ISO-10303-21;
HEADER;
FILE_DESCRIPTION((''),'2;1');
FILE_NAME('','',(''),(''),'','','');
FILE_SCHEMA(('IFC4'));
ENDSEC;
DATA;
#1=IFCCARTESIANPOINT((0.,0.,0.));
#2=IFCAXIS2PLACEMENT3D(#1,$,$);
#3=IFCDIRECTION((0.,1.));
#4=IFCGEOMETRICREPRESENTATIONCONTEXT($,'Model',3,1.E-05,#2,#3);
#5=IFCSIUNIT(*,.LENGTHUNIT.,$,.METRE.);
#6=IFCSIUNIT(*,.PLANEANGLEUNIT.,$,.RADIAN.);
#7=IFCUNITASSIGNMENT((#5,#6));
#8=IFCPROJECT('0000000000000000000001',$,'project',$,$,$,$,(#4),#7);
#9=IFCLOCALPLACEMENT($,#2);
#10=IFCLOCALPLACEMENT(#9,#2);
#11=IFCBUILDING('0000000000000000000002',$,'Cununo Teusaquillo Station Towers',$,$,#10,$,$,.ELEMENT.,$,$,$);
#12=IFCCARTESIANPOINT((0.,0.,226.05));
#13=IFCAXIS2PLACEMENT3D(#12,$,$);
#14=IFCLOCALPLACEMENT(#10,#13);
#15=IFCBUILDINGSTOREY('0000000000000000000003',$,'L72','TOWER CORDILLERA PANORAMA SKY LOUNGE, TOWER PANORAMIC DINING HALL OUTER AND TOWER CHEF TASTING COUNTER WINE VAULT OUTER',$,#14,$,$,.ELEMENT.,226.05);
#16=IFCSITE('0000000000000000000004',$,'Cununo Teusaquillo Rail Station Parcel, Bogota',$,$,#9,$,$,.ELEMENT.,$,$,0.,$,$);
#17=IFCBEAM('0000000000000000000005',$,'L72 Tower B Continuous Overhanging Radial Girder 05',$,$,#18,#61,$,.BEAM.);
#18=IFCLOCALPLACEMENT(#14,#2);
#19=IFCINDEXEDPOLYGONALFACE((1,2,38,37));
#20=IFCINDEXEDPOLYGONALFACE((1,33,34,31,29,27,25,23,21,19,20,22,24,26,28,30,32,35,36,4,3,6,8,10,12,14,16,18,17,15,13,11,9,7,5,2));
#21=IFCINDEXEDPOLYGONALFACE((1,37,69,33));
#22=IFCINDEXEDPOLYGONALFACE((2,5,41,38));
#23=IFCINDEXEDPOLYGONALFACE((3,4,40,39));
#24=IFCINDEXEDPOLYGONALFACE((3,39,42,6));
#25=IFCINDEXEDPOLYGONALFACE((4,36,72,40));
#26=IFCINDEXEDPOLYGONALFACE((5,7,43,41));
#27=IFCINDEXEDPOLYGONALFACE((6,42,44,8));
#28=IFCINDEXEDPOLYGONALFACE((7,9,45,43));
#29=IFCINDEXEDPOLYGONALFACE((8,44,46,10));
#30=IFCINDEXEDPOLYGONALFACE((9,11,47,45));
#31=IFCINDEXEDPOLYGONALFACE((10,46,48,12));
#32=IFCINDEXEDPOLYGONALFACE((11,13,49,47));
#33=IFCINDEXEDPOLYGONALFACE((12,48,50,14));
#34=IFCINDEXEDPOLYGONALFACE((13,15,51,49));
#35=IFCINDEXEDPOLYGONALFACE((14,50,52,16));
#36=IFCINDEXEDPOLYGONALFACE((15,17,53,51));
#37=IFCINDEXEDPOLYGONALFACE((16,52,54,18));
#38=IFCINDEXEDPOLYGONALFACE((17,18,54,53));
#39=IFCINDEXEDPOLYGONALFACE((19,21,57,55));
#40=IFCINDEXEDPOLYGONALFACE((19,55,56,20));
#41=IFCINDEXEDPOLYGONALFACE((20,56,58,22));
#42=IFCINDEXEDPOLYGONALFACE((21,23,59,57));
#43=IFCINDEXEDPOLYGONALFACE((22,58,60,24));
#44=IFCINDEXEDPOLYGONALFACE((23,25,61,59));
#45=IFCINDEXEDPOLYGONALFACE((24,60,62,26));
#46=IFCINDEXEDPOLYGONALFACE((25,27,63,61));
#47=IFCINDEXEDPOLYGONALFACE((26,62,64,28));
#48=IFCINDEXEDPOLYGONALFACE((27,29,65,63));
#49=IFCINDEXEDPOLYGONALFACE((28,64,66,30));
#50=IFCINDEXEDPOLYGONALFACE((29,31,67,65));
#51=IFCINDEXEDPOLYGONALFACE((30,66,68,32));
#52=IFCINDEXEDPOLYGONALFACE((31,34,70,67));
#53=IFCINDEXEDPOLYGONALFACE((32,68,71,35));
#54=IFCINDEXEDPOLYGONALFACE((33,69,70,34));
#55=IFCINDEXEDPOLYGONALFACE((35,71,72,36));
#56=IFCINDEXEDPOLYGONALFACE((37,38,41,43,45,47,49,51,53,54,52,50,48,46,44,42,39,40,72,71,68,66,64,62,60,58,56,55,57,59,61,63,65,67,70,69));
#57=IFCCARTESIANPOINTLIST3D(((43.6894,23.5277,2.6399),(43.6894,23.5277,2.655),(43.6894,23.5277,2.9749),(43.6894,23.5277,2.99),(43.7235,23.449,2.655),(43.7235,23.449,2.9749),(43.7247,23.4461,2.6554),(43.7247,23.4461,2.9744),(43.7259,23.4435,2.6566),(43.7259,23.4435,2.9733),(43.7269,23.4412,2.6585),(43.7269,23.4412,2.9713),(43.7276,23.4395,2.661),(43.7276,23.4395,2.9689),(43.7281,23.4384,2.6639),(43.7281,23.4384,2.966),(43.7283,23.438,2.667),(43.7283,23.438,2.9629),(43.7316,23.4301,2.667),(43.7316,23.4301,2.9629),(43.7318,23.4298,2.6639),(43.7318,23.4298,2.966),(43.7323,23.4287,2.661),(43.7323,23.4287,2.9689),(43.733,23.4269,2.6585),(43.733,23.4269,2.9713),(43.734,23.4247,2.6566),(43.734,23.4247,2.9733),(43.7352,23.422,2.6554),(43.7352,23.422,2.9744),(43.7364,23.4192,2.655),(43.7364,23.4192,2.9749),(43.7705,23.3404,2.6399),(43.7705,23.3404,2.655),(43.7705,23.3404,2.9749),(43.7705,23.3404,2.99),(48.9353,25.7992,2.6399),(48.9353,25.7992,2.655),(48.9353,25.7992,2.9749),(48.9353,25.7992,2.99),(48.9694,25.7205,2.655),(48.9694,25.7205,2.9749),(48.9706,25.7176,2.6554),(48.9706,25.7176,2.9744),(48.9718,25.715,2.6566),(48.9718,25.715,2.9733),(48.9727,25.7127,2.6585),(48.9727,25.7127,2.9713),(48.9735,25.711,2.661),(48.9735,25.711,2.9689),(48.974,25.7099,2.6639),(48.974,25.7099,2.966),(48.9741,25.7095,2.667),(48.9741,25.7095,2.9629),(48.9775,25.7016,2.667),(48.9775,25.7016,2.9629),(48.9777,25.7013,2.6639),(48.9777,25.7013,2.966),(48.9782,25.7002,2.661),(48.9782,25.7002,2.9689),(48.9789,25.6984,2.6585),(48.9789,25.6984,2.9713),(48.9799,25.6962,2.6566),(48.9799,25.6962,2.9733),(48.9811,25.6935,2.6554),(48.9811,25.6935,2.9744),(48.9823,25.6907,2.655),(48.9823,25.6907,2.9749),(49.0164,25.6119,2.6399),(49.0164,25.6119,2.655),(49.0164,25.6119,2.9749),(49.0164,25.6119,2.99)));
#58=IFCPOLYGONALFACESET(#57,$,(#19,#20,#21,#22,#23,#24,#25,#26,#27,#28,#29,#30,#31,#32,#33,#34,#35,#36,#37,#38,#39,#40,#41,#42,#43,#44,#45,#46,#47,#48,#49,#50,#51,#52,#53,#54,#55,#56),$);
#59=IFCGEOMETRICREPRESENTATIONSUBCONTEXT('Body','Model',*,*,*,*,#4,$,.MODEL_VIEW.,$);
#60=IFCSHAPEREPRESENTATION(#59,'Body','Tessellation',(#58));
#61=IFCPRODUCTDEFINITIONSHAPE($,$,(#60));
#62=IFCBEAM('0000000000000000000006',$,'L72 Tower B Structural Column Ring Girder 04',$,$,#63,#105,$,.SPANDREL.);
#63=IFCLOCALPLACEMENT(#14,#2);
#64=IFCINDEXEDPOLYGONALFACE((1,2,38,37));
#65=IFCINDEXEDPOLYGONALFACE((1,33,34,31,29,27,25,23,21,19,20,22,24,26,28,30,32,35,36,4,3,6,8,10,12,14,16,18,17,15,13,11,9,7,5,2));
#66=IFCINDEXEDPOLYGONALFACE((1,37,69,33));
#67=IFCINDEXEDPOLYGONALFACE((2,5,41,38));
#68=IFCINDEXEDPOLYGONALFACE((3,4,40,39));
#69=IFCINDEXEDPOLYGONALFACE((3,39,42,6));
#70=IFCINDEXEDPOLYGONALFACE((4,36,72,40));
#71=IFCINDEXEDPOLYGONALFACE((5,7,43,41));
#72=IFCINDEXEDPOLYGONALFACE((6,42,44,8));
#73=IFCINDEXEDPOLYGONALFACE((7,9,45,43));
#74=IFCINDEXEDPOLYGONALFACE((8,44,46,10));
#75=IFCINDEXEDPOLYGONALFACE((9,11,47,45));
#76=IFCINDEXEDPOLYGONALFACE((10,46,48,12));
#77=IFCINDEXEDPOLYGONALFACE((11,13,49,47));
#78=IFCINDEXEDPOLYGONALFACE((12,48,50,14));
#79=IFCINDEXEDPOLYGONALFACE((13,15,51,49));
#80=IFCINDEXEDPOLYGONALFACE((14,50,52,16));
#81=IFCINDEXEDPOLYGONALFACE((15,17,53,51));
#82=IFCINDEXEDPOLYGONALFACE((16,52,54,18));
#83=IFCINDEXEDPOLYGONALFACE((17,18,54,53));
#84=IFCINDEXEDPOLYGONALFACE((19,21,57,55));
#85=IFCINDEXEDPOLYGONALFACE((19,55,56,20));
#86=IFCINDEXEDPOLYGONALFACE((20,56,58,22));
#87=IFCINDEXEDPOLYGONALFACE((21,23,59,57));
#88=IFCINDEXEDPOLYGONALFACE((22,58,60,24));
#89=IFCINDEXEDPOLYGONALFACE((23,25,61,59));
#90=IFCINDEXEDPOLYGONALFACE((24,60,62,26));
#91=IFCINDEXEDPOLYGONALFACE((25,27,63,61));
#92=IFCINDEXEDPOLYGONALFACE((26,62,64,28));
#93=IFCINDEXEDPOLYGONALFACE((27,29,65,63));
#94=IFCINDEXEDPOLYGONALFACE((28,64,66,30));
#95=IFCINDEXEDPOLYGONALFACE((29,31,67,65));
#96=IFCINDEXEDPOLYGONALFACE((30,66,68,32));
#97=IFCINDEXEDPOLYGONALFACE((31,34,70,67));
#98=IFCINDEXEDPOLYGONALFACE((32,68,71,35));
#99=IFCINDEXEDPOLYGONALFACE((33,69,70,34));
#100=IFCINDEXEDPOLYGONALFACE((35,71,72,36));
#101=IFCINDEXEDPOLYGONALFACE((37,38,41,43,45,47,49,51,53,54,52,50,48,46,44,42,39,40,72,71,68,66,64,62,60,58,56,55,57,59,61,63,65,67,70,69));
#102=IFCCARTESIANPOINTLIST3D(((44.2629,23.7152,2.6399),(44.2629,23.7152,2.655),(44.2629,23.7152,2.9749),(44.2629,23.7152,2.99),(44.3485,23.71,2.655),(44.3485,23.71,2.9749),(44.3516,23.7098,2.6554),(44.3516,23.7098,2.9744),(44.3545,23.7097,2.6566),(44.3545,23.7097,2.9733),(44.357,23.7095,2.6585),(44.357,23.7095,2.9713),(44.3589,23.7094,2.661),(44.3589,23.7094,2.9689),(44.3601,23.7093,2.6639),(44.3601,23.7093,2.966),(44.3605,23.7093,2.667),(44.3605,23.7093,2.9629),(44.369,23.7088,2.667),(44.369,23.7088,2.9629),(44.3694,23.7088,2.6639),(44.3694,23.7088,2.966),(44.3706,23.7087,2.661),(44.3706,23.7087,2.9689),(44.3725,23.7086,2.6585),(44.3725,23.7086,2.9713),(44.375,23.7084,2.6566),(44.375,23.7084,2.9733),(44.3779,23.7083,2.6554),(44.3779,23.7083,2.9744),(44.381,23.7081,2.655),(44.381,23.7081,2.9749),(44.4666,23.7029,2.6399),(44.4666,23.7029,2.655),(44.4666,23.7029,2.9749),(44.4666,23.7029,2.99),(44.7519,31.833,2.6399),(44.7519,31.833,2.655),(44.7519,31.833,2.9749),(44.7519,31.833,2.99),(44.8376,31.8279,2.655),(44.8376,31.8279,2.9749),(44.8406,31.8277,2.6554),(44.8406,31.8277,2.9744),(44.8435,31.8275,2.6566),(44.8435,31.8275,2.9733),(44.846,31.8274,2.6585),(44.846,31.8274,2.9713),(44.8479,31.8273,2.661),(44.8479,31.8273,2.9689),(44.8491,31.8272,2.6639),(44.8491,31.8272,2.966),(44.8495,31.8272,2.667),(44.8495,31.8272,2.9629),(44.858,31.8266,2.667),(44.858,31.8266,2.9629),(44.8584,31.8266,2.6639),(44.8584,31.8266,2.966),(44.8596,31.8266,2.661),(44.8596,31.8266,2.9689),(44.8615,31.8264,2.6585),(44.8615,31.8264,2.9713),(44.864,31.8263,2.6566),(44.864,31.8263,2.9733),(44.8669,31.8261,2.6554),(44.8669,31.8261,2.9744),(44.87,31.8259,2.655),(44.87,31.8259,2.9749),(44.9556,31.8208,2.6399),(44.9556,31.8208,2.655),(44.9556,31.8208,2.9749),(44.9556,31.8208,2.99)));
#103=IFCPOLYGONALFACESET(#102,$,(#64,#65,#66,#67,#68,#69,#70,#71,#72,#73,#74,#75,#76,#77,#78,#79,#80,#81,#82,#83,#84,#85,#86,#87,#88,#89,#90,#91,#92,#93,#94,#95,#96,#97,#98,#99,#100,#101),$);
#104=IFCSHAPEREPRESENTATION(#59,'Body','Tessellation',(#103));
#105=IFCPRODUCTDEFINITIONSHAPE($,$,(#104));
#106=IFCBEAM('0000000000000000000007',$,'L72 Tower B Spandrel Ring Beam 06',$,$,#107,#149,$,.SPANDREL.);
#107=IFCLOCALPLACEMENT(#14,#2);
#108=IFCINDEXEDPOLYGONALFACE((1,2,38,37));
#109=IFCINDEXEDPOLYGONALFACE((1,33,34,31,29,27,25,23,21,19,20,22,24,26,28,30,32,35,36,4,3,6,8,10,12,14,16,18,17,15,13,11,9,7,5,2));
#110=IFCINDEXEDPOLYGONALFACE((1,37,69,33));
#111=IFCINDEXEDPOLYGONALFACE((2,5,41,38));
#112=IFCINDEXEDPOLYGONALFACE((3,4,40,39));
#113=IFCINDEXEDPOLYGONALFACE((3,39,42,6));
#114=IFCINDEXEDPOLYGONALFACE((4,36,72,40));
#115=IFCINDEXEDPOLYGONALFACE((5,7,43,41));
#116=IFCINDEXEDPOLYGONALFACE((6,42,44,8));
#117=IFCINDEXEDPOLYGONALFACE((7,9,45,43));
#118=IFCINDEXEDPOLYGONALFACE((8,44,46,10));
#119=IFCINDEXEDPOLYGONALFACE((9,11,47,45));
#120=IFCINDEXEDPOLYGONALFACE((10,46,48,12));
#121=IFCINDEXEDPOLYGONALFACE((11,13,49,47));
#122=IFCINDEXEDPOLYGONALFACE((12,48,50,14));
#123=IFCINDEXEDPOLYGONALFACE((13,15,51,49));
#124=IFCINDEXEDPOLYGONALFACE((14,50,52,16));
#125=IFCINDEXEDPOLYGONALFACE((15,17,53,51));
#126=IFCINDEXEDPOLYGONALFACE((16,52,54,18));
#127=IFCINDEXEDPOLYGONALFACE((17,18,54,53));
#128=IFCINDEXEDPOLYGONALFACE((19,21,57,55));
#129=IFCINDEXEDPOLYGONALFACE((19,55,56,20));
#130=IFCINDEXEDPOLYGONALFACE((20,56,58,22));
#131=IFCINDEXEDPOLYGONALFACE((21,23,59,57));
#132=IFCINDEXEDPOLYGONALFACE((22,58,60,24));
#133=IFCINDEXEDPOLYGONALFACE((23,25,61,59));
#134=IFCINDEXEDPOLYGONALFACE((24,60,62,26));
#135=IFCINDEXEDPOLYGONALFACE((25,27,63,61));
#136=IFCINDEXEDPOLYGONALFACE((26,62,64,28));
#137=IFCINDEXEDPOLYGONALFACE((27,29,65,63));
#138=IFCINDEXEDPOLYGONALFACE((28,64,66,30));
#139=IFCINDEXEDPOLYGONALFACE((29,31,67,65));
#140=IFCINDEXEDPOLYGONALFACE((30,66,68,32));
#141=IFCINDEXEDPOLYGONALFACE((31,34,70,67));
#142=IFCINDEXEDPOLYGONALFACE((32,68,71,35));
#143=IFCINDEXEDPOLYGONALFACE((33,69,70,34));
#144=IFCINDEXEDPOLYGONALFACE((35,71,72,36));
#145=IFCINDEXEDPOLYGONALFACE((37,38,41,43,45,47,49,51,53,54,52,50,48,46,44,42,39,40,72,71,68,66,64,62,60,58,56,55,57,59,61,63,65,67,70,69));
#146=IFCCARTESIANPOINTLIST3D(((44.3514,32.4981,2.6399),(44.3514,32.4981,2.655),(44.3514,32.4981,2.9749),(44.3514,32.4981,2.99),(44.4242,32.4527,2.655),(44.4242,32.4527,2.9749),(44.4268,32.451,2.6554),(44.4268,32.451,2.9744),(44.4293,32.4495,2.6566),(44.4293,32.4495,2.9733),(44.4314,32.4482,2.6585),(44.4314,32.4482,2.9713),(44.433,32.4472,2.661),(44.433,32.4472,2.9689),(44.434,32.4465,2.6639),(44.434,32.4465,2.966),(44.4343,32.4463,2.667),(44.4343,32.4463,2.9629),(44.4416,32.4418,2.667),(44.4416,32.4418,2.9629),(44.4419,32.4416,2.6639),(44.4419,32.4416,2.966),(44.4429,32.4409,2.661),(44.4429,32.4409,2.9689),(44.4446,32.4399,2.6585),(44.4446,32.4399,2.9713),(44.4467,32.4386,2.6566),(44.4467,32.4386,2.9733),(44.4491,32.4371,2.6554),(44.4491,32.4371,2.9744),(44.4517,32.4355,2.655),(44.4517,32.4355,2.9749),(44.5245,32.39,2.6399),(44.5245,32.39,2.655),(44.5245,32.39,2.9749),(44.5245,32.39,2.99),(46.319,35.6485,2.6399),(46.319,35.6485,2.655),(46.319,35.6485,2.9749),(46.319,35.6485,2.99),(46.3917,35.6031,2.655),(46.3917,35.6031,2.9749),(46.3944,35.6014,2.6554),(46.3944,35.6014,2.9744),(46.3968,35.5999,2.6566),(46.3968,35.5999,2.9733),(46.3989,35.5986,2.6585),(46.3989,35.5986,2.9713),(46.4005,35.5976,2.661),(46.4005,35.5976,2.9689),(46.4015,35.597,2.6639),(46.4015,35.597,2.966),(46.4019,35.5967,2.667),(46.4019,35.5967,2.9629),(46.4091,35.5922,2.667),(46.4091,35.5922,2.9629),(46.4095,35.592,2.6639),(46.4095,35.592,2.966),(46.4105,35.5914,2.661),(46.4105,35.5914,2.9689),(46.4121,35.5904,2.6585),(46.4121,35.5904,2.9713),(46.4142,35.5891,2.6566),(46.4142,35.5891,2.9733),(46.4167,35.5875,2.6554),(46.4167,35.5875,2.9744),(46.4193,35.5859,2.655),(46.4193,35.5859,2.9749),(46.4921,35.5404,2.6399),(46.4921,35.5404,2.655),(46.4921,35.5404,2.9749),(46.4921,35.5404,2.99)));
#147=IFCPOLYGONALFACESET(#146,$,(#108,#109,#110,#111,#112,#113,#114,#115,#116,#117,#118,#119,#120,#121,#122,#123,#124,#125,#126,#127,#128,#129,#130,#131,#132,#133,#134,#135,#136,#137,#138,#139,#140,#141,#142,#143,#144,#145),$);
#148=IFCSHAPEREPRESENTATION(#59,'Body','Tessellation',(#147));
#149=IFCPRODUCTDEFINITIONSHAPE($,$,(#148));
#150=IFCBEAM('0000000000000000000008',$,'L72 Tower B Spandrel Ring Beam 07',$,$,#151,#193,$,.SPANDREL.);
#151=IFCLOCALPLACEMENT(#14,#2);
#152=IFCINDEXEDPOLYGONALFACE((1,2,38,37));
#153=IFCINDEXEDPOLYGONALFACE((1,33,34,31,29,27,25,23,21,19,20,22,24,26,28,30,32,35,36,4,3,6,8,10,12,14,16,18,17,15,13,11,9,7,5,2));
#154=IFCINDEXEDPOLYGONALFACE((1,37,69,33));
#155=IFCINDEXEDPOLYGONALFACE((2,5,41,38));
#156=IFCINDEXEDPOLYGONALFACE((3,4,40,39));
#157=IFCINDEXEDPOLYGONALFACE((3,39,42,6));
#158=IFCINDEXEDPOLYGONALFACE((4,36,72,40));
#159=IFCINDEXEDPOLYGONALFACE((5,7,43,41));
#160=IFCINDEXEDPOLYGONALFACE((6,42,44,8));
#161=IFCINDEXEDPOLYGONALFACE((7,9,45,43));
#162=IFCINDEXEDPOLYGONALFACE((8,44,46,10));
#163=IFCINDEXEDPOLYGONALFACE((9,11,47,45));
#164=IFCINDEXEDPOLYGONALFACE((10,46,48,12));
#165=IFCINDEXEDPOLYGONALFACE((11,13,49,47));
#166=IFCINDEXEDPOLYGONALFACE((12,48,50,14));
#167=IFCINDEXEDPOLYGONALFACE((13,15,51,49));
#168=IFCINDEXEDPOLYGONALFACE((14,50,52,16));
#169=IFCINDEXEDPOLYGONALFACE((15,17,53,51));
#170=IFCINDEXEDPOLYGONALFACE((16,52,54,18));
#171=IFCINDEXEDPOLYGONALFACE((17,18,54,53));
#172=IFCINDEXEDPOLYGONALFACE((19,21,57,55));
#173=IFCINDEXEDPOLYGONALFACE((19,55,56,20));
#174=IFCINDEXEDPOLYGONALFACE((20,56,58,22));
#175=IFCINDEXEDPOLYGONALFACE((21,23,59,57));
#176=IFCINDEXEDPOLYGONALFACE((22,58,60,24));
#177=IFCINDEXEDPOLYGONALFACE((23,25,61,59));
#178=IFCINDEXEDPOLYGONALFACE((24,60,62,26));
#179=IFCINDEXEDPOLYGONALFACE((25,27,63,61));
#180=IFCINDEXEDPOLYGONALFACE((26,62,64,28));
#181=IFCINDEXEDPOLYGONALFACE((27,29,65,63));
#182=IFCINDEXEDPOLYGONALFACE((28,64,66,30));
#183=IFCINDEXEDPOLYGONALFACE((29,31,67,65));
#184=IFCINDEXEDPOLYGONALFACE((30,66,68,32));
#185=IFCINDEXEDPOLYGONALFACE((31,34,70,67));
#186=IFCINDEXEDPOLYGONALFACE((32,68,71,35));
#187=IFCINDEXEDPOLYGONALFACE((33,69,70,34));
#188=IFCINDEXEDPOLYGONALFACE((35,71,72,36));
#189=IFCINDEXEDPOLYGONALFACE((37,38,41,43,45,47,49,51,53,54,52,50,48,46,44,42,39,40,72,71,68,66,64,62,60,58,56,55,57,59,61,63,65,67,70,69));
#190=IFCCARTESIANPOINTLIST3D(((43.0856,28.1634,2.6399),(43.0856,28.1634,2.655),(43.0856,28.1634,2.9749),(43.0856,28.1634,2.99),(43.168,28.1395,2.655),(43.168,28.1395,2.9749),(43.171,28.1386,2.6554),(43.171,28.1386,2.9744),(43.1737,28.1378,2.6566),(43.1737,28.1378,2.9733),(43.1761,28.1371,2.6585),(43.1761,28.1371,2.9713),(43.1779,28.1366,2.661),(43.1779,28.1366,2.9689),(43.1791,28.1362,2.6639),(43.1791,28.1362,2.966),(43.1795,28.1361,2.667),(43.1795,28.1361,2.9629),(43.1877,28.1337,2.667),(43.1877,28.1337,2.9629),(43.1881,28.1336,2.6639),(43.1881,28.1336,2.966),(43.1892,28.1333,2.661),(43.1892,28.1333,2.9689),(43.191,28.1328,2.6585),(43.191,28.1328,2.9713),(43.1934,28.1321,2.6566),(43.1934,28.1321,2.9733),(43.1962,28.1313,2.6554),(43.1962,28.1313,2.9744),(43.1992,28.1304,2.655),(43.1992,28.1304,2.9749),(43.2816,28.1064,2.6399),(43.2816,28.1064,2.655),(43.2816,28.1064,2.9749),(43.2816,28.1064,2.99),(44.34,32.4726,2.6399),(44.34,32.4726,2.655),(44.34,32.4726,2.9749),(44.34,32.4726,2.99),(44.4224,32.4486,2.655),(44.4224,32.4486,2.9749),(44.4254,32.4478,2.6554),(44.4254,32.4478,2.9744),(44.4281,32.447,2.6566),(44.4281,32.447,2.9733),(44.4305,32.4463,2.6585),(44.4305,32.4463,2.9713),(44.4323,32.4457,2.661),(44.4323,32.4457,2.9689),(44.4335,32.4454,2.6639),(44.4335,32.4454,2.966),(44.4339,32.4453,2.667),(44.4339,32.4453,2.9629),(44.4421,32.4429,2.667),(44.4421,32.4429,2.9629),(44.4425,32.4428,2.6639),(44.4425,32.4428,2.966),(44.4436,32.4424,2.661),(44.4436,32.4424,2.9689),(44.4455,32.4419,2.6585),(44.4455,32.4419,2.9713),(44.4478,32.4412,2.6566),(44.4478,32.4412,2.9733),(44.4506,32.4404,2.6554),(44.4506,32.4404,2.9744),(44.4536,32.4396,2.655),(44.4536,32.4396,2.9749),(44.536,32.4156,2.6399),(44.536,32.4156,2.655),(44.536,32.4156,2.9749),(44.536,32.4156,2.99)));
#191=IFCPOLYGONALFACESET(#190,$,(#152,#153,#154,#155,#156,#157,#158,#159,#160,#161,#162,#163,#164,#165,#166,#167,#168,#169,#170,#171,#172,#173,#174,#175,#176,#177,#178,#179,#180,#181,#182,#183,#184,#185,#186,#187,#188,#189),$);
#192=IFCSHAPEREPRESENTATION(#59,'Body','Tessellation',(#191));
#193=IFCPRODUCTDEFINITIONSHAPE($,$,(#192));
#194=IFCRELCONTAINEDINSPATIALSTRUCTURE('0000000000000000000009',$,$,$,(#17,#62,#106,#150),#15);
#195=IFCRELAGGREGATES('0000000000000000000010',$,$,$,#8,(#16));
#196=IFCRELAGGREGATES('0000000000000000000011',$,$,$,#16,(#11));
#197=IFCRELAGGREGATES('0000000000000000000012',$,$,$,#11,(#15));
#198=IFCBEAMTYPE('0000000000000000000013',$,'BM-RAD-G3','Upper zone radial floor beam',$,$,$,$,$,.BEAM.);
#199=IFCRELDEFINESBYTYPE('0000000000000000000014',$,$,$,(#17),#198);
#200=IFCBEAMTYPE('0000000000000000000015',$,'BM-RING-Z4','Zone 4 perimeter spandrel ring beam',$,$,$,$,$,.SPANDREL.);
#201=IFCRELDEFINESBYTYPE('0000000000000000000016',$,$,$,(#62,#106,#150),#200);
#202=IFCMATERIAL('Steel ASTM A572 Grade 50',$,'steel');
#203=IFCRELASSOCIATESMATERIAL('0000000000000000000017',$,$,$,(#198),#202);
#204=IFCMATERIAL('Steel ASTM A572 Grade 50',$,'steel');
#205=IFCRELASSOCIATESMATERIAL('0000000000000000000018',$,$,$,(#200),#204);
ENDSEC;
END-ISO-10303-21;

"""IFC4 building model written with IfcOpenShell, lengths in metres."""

from ifc_helpers import new_model, si_unit, direction, frame, origin, origin_2d, place, context, subcontext, project, spatial, i_section, extrude, material, material_profile, profile_set, type_object, element, save


model = new_model("IFC4")

# Units and contexts
model_context = context("Model", 3, precision=1e-05, world=origin(), true_north=direction((0.0, 1.0)))
body_context = subcontext(model_context, "Body", "Model", "MODEL_VIEW")
ifc_project = project(units=[si_unit("LENGTHUNIT", "METRE"), si_unit("PLANEANGLEUNIT", "RADIAN")], contexts=[model_context])

# Site, building, storey
site_placement = place(None, origin())
site = spatial("IfcSite", under=ifc_project, at=site_placement, Name="Cununo Teusaquillo Rail Station Parcel, Bogota", CompositionType="ELEMENT", RefElevation=0.0)
building_placement = place(site_placement, origin())
building = spatial("IfcBuilding", under=site, at=building_placement, Name="Cununo Teusaquillo Station Towers", CompositionType="ELEMENT")
storey_placement = place(building_placement, frame((0.0, 0.0, 226.05)))
storey = spatial("IfcBuildingStorey", under=building, at=storey_placement, Name="L72", Description="TOWER CORDILLERA PANORAMA SKY LOUNGE, TOWER PANORAMIC DINING HALL OUTER AND TOWER CHEF TASTING COUNTER WINE VAULT OUTER", CompositionType="ELEMENT", Elevation=226.05)

# Beams
ifc_material_1 = material(Name="Steel ASTM A572 Grade 50", Category="steel")
ifc_material_profile_1 = material_profile(ifc_material_1, i_section(OverallWidth=0.2041, OverallDepth=0.3501, WebThickness=0.0085, FlangeThickness=0.0151, FilletRadius=0.012, at=origin_2d()), Name="W14X48")
ifc_profile_set_1 = profile_set([ifc_material_profile_1], Name="Steel ASTM A572 Grade 50")
beam_type_1 = type_object("IfcBeamType", Name="BM-RAD-G3", Description="Upper zone radial floor beam", PredefinedType="BEAM", material=ifc_profile_set_1)
beam_1_placement = place(storey_placement, frame((48.9758, 25.7056, 2.8149), z_axis=(-0.917665, -0.397355, 0.0), x_axis=(0.397355, -0.917665, 0.0)))
element("IfcBeam", 1, at=beam_1_placement, inside=storey, type_object=beam_type_1, Name="L72 Tower B Continuous Overhanging Radial Girder 05", PredefinedType="BEAM", context=body_context, shape_type="SweptSolid", body=[
    extrude(i_section(OverallWidth=0.2041, OverallDepth=0.3501, WebThickness=0.0085, FlangeThickness=0.0151, FilletRadius=0.012, at=origin_2d()), origin(), (0.0, 0.0, 1.0), 5.7166),
])
ifc_material_2 = material(Name="Steel ASTM A572 Grade 50", Category="steel")
ifc_material_profile_2 = material_profile(ifc_material_2, i_section(OverallWidth=0.2041, OverallDepth=0.3501, WebThickness=0.0085, FlangeThickness=0.0151, FilletRadius=0.012, at=origin_2d()), Name="W14X48")
ifc_profile_set_2 = profile_set([ifc_material_profile_2], Name="Steel ASTM A572 Grade 50")
beam_type_2 = type_object("IfcBeamType", Name="BM-RING-Z4", Description="Zone 4 perimeter spandrel ring beam", PredefinedType="SPANDREL", material=ifc_profile_set_2)
beam_2_placement = place(storey_placement, frame((44.8538, 31.8269, 2.8149), z_axis=(-0.06013, -0.998191, 0.0), x_axis=(0.998191, -0.06013, 0.0)))
element("IfcBeam", 2, at=beam_2_placement, inside=storey, type_object=beam_type_2, Name="L72 Tower B Structural Column Ring Girder 04", PredefinedType="SPANDREL", context=body_context, shape_type="SweptSolid", body=[
    extrude(i_section(OverallWidth=0.2041, OverallDepth=0.3501, WebThickness=0.0085, FlangeThickness=0.0151, FilletRadius=0.012, at=origin_2d()), origin(), (0.0, 0.0, 1.0), 8.1326),
])
beam_3_placement = place(storey_placement, frame((46.4055, 35.5945, 2.8149), z_axis=(-0.529715, -0.848176, 0.0), x_axis=(0.848176, -0.529715, 0.0)))
element("IfcBeam", 3, at=beam_3_placement, inside=storey, type_object=beam_type_2, Name="L72 Tower B Spandrel Ring Beam 06", PredefinedType="SPANDREL", context=body_context, shape_type="SweptSolid", body=[
    extrude(i_section(OverallWidth=0.2041, OverallDepth=0.3501, WebThickness=0.0085, FlangeThickness=0.0151, FilletRadius=0.012, at=origin_2d()), origin(), (0.0, 0.0, 1.0), 3.7144),
])
beam_4_placement = place(storey_placement, frame((44.438, 32.4441, 2.8149), z_axis=(-0.279503, -0.960145, 0.0), x_axis=(0.960145, -0.279503, 0.0)))
element("IfcBeam", 4, at=beam_4_placement, inside=storey, type_object=beam_type_2, Name="L72 Tower B Spandrel Ring Beam 07", PredefinedType="SPANDREL", context=body_context, shape_type="SweptSolid", body=[
    extrude(i_section(OverallWidth=0.2041, OverallDepth=0.3501, WebThickness=0.0085, FlangeThickness=0.0151, FilletRadius=0.012, at=origin_2d()), origin(), (0.0, 0.0, 1.0), 4.488),
])

save(model, "model.ifc")
